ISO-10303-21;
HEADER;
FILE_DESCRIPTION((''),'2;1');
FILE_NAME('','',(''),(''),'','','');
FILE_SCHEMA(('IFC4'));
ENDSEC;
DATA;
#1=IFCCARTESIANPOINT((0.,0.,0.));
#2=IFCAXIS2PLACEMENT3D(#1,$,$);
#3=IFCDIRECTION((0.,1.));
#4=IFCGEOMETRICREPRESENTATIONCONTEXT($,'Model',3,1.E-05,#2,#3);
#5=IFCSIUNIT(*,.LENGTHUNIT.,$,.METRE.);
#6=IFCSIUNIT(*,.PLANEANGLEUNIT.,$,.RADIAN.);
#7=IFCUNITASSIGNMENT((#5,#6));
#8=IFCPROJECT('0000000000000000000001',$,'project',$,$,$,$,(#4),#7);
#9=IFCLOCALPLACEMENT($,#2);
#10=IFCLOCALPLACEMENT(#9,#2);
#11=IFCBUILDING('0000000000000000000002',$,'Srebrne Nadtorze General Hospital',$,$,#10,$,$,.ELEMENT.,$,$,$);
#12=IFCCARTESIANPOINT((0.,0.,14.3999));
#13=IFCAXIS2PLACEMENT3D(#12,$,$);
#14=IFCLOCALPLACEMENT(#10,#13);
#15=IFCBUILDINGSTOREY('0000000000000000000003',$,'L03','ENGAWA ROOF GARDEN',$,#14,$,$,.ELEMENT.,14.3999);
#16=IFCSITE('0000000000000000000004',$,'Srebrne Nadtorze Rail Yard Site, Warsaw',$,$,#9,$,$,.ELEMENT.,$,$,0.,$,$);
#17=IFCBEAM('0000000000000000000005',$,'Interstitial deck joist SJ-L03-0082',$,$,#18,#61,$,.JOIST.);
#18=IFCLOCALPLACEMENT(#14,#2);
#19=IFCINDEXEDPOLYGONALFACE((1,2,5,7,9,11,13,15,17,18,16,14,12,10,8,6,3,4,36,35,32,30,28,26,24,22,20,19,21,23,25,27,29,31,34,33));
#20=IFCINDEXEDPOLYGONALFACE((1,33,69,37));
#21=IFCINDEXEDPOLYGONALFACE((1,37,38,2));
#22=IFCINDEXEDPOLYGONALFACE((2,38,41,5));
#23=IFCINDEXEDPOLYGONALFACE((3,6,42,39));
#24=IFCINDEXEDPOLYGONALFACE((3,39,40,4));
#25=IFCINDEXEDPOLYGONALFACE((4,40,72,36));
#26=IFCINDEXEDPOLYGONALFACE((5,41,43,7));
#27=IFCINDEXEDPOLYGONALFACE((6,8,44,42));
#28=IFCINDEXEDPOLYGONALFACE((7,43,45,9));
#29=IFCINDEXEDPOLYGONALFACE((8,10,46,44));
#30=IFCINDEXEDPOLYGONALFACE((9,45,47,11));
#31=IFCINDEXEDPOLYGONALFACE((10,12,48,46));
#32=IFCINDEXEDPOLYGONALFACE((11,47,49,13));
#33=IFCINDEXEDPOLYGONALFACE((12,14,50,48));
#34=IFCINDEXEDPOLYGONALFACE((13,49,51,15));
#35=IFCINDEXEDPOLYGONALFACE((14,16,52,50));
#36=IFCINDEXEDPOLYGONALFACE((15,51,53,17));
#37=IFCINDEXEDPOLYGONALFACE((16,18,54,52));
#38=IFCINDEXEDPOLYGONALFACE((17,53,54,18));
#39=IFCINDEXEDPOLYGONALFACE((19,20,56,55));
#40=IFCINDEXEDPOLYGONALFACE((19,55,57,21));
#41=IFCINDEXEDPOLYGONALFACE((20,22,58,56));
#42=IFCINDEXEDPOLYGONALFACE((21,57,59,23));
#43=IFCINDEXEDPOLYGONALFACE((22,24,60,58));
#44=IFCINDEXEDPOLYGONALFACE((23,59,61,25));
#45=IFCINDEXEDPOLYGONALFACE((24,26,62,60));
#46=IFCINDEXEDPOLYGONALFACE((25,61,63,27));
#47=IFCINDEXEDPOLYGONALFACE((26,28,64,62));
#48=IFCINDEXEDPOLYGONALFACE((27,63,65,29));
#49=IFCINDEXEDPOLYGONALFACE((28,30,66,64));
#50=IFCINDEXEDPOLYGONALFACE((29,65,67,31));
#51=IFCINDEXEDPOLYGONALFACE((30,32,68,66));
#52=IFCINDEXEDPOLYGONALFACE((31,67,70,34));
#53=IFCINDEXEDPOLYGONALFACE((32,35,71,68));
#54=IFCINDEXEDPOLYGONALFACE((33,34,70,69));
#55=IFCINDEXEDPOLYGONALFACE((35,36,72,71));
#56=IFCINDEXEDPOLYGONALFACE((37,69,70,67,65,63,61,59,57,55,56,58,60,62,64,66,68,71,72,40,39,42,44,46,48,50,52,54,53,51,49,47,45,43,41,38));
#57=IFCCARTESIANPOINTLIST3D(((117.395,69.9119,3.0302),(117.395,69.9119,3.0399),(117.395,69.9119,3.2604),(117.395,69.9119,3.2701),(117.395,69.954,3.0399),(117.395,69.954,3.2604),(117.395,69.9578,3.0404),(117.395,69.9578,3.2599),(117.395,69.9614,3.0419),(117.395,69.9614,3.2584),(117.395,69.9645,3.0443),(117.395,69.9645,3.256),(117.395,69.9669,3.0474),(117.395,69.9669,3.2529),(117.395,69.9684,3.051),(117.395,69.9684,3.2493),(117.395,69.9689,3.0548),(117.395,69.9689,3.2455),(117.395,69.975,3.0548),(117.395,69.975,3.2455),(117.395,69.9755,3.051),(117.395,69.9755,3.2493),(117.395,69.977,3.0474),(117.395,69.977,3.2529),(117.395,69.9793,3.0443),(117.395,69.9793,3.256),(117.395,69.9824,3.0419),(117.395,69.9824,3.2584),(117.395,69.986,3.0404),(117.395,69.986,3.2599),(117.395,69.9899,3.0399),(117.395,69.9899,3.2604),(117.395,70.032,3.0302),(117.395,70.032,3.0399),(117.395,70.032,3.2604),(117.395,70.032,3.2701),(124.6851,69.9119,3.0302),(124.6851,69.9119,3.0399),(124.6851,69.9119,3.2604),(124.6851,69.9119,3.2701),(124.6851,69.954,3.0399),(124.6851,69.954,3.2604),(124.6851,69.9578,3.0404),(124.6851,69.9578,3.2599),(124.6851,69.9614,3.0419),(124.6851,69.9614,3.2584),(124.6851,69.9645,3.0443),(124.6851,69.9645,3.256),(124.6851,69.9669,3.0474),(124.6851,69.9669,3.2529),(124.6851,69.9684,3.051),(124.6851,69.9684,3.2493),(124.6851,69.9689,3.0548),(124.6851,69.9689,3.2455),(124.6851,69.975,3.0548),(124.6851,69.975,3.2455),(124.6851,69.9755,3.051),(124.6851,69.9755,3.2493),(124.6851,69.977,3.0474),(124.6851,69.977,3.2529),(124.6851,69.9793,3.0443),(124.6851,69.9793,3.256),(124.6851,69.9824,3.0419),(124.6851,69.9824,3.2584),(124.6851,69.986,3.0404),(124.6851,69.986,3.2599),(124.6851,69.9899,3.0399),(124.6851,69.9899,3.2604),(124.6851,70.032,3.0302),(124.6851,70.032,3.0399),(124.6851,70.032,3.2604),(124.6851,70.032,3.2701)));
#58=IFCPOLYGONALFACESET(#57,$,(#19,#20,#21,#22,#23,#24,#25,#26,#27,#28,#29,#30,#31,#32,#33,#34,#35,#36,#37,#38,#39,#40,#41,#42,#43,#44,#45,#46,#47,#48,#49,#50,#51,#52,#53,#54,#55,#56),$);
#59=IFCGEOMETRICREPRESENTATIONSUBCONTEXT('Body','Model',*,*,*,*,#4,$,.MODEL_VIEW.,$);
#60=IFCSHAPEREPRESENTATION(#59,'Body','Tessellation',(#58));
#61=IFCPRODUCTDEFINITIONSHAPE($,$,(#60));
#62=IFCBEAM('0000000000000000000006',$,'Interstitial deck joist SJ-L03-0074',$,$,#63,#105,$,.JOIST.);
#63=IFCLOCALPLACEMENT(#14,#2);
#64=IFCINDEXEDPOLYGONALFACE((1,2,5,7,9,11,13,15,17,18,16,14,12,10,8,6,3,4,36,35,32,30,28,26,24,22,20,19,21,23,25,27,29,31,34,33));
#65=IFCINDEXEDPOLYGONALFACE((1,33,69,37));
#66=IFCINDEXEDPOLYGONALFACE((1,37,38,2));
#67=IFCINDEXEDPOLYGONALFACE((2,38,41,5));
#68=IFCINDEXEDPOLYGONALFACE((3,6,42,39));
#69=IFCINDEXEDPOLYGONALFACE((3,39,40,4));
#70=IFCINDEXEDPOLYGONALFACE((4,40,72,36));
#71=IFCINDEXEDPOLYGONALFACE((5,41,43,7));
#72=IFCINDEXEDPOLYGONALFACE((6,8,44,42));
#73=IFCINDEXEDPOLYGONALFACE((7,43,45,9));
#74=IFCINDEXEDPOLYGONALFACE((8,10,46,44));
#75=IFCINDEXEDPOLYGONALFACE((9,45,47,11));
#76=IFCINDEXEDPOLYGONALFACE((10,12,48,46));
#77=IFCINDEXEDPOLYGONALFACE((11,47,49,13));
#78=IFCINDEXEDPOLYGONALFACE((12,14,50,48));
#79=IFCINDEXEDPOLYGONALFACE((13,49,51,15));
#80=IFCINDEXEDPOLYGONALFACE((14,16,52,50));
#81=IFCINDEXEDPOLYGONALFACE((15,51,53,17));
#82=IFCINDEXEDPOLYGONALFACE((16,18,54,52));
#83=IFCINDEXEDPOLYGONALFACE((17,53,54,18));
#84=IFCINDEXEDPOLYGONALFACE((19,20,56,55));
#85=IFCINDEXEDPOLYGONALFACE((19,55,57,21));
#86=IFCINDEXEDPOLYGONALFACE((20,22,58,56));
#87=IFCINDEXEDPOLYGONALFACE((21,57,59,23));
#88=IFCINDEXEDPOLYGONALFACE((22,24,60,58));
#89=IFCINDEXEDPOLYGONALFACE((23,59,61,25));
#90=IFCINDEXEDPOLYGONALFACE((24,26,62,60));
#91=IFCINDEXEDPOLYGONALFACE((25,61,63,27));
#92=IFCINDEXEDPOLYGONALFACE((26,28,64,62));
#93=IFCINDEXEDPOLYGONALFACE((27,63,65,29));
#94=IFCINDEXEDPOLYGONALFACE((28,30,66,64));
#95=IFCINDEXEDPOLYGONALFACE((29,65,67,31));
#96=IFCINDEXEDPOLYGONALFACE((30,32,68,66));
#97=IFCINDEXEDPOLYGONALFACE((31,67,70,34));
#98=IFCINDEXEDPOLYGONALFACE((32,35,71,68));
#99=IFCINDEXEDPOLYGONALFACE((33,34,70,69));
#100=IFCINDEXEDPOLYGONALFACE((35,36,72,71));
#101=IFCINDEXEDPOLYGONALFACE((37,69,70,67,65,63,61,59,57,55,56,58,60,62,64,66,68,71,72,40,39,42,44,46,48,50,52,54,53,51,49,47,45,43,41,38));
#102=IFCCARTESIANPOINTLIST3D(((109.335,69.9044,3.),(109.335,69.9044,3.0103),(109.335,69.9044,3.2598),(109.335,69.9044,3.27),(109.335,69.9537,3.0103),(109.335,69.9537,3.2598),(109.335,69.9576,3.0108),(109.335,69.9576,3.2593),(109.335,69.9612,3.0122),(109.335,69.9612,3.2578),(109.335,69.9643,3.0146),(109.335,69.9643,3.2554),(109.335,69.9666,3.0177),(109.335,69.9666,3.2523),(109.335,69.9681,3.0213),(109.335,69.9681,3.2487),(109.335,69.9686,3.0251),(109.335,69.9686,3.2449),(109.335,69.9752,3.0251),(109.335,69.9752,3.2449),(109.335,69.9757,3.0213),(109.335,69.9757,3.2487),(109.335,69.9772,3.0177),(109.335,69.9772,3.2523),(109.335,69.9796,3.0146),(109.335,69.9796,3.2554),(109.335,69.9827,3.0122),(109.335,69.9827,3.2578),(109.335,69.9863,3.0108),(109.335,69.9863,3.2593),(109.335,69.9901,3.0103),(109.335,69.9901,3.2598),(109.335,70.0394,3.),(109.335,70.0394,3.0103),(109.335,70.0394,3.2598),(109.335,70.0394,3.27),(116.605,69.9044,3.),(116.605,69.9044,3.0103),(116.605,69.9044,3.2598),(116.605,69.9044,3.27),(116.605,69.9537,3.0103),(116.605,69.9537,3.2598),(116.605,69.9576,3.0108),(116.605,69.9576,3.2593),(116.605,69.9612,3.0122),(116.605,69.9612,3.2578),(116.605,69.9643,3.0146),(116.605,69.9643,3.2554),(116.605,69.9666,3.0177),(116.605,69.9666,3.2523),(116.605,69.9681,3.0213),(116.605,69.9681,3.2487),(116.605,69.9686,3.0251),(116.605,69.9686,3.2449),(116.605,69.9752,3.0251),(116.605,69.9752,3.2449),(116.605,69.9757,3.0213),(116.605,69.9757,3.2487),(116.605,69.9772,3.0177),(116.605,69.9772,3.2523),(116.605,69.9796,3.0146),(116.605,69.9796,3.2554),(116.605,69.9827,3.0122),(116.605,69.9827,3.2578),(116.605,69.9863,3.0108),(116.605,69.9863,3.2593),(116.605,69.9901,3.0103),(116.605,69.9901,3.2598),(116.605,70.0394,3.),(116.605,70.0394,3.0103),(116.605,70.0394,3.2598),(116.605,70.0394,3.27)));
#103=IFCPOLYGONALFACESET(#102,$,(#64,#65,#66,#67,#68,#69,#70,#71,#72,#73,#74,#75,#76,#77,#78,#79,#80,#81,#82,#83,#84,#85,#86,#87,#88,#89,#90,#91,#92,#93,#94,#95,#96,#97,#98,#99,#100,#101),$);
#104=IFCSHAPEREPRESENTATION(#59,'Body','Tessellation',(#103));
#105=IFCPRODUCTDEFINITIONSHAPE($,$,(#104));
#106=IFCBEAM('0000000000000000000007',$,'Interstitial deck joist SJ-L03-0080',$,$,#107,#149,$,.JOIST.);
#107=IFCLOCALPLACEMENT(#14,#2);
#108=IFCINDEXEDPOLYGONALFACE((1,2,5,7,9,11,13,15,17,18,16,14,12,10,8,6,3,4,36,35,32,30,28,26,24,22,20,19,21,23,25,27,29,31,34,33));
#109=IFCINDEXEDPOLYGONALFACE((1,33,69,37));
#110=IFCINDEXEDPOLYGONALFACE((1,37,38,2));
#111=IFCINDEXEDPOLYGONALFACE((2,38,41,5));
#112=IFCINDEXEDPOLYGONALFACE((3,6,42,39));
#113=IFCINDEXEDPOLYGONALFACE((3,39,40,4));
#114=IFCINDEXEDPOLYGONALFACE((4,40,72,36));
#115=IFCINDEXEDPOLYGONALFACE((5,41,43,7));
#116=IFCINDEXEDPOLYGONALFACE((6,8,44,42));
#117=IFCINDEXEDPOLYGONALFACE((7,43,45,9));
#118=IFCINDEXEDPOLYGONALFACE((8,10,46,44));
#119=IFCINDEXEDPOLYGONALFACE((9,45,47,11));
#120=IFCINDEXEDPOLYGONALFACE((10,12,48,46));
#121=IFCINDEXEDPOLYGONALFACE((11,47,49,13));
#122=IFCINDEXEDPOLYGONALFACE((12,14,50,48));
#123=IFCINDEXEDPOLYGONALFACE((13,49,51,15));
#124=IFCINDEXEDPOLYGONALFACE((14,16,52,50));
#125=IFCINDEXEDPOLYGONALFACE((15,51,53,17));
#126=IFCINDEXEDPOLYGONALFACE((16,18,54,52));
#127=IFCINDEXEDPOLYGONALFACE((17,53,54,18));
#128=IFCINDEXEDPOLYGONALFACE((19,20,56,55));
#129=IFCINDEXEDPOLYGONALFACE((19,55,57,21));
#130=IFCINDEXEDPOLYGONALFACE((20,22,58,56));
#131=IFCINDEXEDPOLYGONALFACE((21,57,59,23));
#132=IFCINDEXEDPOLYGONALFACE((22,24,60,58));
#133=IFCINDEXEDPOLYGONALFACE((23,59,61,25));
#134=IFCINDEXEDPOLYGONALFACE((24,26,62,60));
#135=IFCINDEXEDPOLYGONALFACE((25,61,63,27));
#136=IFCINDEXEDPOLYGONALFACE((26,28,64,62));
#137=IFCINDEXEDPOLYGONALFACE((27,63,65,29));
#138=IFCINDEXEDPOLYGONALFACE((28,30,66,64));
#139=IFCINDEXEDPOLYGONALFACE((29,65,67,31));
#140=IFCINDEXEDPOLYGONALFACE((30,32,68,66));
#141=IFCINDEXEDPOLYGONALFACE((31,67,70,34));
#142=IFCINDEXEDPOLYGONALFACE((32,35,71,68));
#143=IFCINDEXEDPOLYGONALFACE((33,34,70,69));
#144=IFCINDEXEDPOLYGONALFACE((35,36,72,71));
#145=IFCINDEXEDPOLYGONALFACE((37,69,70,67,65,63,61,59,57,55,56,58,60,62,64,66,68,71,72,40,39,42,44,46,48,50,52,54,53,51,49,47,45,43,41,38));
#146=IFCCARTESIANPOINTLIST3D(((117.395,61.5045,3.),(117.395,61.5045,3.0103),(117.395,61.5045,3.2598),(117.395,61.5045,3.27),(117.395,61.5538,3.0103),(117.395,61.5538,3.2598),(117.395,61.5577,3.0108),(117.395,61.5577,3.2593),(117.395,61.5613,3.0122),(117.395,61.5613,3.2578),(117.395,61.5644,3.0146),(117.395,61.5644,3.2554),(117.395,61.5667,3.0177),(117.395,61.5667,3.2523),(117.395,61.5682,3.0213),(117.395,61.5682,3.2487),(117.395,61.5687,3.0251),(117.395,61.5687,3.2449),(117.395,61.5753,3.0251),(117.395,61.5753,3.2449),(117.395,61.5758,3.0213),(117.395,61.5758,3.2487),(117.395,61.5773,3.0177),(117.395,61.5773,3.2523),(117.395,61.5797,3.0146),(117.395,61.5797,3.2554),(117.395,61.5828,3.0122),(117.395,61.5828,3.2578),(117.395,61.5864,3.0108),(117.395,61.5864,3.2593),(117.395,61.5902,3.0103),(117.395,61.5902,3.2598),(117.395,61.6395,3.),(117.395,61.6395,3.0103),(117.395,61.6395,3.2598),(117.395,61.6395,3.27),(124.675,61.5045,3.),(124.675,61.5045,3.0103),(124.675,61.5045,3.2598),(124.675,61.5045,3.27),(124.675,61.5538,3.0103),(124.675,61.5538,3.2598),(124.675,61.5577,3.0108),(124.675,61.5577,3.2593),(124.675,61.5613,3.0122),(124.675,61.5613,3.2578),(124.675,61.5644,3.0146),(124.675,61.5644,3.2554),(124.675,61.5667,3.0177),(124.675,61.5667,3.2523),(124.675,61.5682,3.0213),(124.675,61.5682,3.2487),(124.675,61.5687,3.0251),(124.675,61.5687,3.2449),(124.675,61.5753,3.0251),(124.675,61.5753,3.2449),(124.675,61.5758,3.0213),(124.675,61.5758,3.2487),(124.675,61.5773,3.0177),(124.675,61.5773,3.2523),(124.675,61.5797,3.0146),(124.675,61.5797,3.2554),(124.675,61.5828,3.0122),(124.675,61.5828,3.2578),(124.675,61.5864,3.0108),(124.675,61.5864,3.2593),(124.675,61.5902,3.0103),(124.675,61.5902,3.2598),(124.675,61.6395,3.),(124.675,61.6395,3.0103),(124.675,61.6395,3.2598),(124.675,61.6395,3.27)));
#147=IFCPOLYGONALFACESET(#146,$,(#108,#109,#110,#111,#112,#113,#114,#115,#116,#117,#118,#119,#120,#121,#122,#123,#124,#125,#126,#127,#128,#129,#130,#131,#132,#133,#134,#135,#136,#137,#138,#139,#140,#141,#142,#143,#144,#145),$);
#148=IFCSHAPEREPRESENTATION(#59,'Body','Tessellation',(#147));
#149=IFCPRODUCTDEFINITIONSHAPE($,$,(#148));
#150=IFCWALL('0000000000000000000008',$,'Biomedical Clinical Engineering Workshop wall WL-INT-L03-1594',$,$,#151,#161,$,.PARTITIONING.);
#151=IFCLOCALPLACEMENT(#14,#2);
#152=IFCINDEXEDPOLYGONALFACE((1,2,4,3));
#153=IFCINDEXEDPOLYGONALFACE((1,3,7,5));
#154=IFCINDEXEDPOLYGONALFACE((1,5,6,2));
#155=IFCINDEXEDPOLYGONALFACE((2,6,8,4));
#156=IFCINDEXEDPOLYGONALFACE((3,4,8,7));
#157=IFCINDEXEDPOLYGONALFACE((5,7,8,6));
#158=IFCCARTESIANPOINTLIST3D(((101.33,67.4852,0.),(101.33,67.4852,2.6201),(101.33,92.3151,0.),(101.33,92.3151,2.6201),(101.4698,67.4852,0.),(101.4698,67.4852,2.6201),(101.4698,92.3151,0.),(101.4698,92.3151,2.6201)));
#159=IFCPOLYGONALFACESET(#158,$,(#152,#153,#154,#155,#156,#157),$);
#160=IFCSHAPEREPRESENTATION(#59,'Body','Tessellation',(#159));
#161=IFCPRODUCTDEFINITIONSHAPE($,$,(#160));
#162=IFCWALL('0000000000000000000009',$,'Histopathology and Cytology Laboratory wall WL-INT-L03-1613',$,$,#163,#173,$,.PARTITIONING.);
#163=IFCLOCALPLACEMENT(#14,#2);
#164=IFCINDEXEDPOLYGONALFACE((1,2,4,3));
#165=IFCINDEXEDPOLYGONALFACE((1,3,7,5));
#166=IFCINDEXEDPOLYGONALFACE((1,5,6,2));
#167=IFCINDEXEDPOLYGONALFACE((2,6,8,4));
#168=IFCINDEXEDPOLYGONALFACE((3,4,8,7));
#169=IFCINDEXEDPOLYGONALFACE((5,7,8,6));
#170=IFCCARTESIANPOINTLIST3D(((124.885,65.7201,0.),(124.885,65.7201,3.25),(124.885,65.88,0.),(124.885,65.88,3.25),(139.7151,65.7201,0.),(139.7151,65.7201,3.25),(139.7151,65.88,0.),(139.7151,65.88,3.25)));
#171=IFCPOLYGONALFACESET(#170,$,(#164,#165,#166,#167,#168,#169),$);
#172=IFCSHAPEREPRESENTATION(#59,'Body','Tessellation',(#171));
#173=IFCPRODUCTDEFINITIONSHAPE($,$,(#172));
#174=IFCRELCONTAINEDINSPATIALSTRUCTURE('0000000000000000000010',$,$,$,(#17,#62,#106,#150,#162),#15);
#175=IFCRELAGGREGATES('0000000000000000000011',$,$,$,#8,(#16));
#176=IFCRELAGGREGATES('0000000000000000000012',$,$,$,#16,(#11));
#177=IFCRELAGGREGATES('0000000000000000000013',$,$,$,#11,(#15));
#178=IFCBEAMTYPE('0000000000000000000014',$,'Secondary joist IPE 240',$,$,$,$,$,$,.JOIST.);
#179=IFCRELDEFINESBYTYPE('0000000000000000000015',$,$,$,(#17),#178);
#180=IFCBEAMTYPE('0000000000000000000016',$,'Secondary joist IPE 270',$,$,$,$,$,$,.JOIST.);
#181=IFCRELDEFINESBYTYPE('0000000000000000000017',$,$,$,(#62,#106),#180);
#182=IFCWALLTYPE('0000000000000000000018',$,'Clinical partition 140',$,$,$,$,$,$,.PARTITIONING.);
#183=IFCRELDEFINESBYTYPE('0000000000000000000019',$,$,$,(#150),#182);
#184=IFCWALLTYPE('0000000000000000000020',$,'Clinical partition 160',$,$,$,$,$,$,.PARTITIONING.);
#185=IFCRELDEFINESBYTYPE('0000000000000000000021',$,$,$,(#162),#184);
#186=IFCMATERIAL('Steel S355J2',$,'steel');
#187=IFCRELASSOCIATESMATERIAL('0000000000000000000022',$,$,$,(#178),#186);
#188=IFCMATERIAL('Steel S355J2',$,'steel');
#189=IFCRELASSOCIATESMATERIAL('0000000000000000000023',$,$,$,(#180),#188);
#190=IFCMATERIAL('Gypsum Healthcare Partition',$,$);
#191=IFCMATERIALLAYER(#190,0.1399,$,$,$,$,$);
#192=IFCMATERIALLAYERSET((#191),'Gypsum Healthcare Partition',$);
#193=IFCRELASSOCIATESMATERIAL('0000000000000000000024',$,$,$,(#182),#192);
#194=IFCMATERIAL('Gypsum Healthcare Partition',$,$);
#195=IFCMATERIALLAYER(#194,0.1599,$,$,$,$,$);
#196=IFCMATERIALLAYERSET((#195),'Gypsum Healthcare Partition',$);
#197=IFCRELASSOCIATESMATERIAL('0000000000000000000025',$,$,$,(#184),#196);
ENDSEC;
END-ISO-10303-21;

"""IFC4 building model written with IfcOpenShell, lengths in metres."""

from ifc_helpers import new_model, si_unit, direction, frame, frame_2d, origin, origin_2d, place, context, subcontext, project, spatial, rectangle, i_section, extrude, material, layer, layer_set, material_profile, profile_set, type_object, element, save


model = new_model("IFC4")

# Units and contexts
model_context = context("Model", 3, precision=1e-05, world=origin(), true_north=direction((0.0, 1.0)))
body_context = subcontext(model_context, "Body", "Model", "MODEL_VIEW")
ifc_project = project(units=[si_unit("LENGTHUNIT", "METRE"), si_unit("PLANEANGLEUNIT", "RADIAN")], contexts=[model_context])

# Site, building, storey
site_placement = place(None, origin())
site = spatial("IfcSite", under=ifc_project, at=site_placement, Name="Srebrne Nadtorze Rail Yard Site, Warsaw", CompositionType="ELEMENT", RefElevation=0.0)
building_placement = place(site_placement, origin())
building = spatial("IfcBuilding", under=site, at=building_placement, Name="Srebrne Nadtorze General Hospital", CompositionType="ELEMENT")
storey_placement = place(building_placement, frame((0.0, 0.0, 14.3999)))
storey = spatial("IfcBuildingStorey", under=building, at=storey_placement, Name="L03", Description="ENGAWA ROOF GARDEN", CompositionType="ELEMENT", Elevation=14.3999)

# Beams
ifc_material_1 = material(Name="Steel S355J2", Category="steel")
ifc_material_profile_1 = material_profile(ifc_material_1, i_section(OverallWidth=0.1201, OverallDepth=0.24, WebThickness=0.0061, FlangeThickness=0.0098, FilletRadius=0.0149, at=origin_2d()), Name="IPE-240")
ifc_profile_set_1 = profile_set([ifc_material_profile_1], Name="Steel S355J2")
beam_type_1 = type_object("IfcBeamType", Name="Secondary joist IPE 240", PredefinedType="JOIST", material=ifc_profile_set_1)
beam_1_placement = place(storey_placement, frame((117.395, 69.9719, 3.1501), z_axis=(1.0, 0.0, 0.0), x_axis=(0.0, 1.0, 0.0)))
element("IfcBeam", 1, at=beam_1_placement, inside=storey, type_object=beam_type_1, Name="Interstitial deck joist SJ-L03-0082", PredefinedType="JOIST", context=body_context, shape_type="SweptSolid", body=[
    extrude(i_section(OverallWidth=0.1201, OverallDepth=0.24, WebThickness=0.0061, FlangeThickness=0.0098, FilletRadius=0.0149, at=origin_2d()), origin(), (0.0, 0.0, 1.0), 7.29),
])
ifc_material_2 = material(Name="Steel S355J2", Category="steel")
ifc_material_profile_2 = material_profile(ifc_material_2, i_section(OverallWidth=0.135, OverallDepth=0.27, WebThickness=0.0066, FlangeThickness=0.0103, FilletRadius=0.0149, at=origin_2d()), Name="IPE-270")
ifc_profile_set_2 = profile_set([ifc_material_profile_2], Name="Steel S355J2")
beam_type_2 = type_object("IfcBeamType", Name="Secondary joist IPE 270", PredefinedType="JOIST", material=ifc_profile_set_2)
beam_2_placement = place(storey_placement, frame((109.335, 69.9719, 3.135), z_axis=(1.0, 0.0, 0.0), x_axis=(0.0, 1.0, 0.0)))
element("IfcBeam", 2, at=beam_2_placement, inside=storey, type_object=beam_type_2, Name="Interstitial deck joist SJ-L03-0074", PredefinedType="JOIST", context=body_context, shape_type="SweptSolid", body=[
    extrude(i_section(OverallWidth=0.135, OverallDepth=0.27, WebThickness=0.0066, FlangeThickness=0.0103, FilletRadius=0.0149, at=origin_2d()), origin(), (0.0, 0.0, 1.0), 7.27),
])
beam_3_placement = place(storey_placement, frame((117.395, 61.572, 3.135), z_axis=(1.0, 0.0, 0.0), x_axis=(0.0, 1.0, 0.0)))
element("IfcBeam", 3, at=beam_3_placement, inside=storey, type_object=beam_type_2, Name="Interstitial deck joist SJ-L03-0080", PredefinedType="JOIST", context=body_context, shape_type="SweptSolid", body=[
    extrude(i_section(OverallWidth=0.135, OverallDepth=0.27, WebThickness=0.0066, FlangeThickness=0.0103, FilletRadius=0.0149, at=origin_2d()), origin(), (0.0, 0.0, 1.0), 7.28),
])

# Walls
ifc_material_3 = material(Name="Gypsum Healthcare Partition")
ifc_layer_1 = layer(ifc_material_3, 0.1399)
ifc_layer_set_1 = layer_set([ifc_layer_1], Name="Gypsum Healthcare Partition")
wall_type_1 = type_object("IfcWallType", Name="Clinical partition 140", PredefinedType="PARTITIONING", material=ifc_layer_set_1)
wall_1_placement = place(storey_placement, frame((101.3999, 67.4851, 0.0), z_axis=(0.0, 0.0, 1.0), x_axis=(0.0, 1.0, 0.0)))
element("IfcWall", 4, at=wall_1_placement, inside=storey, type_object=wall_type_1, Name="Biomedical Clinical Engineering Workshop wall WL-INT-L03-1594", PredefinedType="PARTITIONING", context=body_context, shape_type="SweptSolid", body=[
    extrude(rectangle(XDim=24.8298, YDim=0.1399, at=frame_2d((12.415, 0.0))), origin(), (0.0, 0.0, 1.0), 2.6201),
])
ifc_material_4 = material(Name="Gypsum Healthcare Partition")
ifc_layer_2 = layer(ifc_material_4, 0.1599)
ifc_layer_set_2 = layer_set([ifc_layer_2], Name="Gypsum Healthcare Partition")
wall_type_2 = type_object("IfcWallType", Name="Clinical partition 160", PredefinedType="PARTITIONING", material=ifc_layer_set_2)
wall_2_placement = place(storey_placement, frame((124.885, 65.8, 0.0), z_axis=(0.0, 0.0, 1.0), x_axis=(1.0, 0.0, 0.0)))
element("IfcWall", 5, at=wall_2_placement, inside=storey, type_object=wall_type_2, Name="Histopathology and Cytology Laboratory wall WL-INT-L03-1613", PredefinedType="PARTITIONING", context=body_context, shape_type="SweptSolid", body=[
    extrude(rectangle(XDim=14.8301, YDim=0.1599, at=frame_2d((7.415, 0.0))), origin(), (0.0, 0.0, 1.0), 3.25),
])

save(model, "model.ifc")
